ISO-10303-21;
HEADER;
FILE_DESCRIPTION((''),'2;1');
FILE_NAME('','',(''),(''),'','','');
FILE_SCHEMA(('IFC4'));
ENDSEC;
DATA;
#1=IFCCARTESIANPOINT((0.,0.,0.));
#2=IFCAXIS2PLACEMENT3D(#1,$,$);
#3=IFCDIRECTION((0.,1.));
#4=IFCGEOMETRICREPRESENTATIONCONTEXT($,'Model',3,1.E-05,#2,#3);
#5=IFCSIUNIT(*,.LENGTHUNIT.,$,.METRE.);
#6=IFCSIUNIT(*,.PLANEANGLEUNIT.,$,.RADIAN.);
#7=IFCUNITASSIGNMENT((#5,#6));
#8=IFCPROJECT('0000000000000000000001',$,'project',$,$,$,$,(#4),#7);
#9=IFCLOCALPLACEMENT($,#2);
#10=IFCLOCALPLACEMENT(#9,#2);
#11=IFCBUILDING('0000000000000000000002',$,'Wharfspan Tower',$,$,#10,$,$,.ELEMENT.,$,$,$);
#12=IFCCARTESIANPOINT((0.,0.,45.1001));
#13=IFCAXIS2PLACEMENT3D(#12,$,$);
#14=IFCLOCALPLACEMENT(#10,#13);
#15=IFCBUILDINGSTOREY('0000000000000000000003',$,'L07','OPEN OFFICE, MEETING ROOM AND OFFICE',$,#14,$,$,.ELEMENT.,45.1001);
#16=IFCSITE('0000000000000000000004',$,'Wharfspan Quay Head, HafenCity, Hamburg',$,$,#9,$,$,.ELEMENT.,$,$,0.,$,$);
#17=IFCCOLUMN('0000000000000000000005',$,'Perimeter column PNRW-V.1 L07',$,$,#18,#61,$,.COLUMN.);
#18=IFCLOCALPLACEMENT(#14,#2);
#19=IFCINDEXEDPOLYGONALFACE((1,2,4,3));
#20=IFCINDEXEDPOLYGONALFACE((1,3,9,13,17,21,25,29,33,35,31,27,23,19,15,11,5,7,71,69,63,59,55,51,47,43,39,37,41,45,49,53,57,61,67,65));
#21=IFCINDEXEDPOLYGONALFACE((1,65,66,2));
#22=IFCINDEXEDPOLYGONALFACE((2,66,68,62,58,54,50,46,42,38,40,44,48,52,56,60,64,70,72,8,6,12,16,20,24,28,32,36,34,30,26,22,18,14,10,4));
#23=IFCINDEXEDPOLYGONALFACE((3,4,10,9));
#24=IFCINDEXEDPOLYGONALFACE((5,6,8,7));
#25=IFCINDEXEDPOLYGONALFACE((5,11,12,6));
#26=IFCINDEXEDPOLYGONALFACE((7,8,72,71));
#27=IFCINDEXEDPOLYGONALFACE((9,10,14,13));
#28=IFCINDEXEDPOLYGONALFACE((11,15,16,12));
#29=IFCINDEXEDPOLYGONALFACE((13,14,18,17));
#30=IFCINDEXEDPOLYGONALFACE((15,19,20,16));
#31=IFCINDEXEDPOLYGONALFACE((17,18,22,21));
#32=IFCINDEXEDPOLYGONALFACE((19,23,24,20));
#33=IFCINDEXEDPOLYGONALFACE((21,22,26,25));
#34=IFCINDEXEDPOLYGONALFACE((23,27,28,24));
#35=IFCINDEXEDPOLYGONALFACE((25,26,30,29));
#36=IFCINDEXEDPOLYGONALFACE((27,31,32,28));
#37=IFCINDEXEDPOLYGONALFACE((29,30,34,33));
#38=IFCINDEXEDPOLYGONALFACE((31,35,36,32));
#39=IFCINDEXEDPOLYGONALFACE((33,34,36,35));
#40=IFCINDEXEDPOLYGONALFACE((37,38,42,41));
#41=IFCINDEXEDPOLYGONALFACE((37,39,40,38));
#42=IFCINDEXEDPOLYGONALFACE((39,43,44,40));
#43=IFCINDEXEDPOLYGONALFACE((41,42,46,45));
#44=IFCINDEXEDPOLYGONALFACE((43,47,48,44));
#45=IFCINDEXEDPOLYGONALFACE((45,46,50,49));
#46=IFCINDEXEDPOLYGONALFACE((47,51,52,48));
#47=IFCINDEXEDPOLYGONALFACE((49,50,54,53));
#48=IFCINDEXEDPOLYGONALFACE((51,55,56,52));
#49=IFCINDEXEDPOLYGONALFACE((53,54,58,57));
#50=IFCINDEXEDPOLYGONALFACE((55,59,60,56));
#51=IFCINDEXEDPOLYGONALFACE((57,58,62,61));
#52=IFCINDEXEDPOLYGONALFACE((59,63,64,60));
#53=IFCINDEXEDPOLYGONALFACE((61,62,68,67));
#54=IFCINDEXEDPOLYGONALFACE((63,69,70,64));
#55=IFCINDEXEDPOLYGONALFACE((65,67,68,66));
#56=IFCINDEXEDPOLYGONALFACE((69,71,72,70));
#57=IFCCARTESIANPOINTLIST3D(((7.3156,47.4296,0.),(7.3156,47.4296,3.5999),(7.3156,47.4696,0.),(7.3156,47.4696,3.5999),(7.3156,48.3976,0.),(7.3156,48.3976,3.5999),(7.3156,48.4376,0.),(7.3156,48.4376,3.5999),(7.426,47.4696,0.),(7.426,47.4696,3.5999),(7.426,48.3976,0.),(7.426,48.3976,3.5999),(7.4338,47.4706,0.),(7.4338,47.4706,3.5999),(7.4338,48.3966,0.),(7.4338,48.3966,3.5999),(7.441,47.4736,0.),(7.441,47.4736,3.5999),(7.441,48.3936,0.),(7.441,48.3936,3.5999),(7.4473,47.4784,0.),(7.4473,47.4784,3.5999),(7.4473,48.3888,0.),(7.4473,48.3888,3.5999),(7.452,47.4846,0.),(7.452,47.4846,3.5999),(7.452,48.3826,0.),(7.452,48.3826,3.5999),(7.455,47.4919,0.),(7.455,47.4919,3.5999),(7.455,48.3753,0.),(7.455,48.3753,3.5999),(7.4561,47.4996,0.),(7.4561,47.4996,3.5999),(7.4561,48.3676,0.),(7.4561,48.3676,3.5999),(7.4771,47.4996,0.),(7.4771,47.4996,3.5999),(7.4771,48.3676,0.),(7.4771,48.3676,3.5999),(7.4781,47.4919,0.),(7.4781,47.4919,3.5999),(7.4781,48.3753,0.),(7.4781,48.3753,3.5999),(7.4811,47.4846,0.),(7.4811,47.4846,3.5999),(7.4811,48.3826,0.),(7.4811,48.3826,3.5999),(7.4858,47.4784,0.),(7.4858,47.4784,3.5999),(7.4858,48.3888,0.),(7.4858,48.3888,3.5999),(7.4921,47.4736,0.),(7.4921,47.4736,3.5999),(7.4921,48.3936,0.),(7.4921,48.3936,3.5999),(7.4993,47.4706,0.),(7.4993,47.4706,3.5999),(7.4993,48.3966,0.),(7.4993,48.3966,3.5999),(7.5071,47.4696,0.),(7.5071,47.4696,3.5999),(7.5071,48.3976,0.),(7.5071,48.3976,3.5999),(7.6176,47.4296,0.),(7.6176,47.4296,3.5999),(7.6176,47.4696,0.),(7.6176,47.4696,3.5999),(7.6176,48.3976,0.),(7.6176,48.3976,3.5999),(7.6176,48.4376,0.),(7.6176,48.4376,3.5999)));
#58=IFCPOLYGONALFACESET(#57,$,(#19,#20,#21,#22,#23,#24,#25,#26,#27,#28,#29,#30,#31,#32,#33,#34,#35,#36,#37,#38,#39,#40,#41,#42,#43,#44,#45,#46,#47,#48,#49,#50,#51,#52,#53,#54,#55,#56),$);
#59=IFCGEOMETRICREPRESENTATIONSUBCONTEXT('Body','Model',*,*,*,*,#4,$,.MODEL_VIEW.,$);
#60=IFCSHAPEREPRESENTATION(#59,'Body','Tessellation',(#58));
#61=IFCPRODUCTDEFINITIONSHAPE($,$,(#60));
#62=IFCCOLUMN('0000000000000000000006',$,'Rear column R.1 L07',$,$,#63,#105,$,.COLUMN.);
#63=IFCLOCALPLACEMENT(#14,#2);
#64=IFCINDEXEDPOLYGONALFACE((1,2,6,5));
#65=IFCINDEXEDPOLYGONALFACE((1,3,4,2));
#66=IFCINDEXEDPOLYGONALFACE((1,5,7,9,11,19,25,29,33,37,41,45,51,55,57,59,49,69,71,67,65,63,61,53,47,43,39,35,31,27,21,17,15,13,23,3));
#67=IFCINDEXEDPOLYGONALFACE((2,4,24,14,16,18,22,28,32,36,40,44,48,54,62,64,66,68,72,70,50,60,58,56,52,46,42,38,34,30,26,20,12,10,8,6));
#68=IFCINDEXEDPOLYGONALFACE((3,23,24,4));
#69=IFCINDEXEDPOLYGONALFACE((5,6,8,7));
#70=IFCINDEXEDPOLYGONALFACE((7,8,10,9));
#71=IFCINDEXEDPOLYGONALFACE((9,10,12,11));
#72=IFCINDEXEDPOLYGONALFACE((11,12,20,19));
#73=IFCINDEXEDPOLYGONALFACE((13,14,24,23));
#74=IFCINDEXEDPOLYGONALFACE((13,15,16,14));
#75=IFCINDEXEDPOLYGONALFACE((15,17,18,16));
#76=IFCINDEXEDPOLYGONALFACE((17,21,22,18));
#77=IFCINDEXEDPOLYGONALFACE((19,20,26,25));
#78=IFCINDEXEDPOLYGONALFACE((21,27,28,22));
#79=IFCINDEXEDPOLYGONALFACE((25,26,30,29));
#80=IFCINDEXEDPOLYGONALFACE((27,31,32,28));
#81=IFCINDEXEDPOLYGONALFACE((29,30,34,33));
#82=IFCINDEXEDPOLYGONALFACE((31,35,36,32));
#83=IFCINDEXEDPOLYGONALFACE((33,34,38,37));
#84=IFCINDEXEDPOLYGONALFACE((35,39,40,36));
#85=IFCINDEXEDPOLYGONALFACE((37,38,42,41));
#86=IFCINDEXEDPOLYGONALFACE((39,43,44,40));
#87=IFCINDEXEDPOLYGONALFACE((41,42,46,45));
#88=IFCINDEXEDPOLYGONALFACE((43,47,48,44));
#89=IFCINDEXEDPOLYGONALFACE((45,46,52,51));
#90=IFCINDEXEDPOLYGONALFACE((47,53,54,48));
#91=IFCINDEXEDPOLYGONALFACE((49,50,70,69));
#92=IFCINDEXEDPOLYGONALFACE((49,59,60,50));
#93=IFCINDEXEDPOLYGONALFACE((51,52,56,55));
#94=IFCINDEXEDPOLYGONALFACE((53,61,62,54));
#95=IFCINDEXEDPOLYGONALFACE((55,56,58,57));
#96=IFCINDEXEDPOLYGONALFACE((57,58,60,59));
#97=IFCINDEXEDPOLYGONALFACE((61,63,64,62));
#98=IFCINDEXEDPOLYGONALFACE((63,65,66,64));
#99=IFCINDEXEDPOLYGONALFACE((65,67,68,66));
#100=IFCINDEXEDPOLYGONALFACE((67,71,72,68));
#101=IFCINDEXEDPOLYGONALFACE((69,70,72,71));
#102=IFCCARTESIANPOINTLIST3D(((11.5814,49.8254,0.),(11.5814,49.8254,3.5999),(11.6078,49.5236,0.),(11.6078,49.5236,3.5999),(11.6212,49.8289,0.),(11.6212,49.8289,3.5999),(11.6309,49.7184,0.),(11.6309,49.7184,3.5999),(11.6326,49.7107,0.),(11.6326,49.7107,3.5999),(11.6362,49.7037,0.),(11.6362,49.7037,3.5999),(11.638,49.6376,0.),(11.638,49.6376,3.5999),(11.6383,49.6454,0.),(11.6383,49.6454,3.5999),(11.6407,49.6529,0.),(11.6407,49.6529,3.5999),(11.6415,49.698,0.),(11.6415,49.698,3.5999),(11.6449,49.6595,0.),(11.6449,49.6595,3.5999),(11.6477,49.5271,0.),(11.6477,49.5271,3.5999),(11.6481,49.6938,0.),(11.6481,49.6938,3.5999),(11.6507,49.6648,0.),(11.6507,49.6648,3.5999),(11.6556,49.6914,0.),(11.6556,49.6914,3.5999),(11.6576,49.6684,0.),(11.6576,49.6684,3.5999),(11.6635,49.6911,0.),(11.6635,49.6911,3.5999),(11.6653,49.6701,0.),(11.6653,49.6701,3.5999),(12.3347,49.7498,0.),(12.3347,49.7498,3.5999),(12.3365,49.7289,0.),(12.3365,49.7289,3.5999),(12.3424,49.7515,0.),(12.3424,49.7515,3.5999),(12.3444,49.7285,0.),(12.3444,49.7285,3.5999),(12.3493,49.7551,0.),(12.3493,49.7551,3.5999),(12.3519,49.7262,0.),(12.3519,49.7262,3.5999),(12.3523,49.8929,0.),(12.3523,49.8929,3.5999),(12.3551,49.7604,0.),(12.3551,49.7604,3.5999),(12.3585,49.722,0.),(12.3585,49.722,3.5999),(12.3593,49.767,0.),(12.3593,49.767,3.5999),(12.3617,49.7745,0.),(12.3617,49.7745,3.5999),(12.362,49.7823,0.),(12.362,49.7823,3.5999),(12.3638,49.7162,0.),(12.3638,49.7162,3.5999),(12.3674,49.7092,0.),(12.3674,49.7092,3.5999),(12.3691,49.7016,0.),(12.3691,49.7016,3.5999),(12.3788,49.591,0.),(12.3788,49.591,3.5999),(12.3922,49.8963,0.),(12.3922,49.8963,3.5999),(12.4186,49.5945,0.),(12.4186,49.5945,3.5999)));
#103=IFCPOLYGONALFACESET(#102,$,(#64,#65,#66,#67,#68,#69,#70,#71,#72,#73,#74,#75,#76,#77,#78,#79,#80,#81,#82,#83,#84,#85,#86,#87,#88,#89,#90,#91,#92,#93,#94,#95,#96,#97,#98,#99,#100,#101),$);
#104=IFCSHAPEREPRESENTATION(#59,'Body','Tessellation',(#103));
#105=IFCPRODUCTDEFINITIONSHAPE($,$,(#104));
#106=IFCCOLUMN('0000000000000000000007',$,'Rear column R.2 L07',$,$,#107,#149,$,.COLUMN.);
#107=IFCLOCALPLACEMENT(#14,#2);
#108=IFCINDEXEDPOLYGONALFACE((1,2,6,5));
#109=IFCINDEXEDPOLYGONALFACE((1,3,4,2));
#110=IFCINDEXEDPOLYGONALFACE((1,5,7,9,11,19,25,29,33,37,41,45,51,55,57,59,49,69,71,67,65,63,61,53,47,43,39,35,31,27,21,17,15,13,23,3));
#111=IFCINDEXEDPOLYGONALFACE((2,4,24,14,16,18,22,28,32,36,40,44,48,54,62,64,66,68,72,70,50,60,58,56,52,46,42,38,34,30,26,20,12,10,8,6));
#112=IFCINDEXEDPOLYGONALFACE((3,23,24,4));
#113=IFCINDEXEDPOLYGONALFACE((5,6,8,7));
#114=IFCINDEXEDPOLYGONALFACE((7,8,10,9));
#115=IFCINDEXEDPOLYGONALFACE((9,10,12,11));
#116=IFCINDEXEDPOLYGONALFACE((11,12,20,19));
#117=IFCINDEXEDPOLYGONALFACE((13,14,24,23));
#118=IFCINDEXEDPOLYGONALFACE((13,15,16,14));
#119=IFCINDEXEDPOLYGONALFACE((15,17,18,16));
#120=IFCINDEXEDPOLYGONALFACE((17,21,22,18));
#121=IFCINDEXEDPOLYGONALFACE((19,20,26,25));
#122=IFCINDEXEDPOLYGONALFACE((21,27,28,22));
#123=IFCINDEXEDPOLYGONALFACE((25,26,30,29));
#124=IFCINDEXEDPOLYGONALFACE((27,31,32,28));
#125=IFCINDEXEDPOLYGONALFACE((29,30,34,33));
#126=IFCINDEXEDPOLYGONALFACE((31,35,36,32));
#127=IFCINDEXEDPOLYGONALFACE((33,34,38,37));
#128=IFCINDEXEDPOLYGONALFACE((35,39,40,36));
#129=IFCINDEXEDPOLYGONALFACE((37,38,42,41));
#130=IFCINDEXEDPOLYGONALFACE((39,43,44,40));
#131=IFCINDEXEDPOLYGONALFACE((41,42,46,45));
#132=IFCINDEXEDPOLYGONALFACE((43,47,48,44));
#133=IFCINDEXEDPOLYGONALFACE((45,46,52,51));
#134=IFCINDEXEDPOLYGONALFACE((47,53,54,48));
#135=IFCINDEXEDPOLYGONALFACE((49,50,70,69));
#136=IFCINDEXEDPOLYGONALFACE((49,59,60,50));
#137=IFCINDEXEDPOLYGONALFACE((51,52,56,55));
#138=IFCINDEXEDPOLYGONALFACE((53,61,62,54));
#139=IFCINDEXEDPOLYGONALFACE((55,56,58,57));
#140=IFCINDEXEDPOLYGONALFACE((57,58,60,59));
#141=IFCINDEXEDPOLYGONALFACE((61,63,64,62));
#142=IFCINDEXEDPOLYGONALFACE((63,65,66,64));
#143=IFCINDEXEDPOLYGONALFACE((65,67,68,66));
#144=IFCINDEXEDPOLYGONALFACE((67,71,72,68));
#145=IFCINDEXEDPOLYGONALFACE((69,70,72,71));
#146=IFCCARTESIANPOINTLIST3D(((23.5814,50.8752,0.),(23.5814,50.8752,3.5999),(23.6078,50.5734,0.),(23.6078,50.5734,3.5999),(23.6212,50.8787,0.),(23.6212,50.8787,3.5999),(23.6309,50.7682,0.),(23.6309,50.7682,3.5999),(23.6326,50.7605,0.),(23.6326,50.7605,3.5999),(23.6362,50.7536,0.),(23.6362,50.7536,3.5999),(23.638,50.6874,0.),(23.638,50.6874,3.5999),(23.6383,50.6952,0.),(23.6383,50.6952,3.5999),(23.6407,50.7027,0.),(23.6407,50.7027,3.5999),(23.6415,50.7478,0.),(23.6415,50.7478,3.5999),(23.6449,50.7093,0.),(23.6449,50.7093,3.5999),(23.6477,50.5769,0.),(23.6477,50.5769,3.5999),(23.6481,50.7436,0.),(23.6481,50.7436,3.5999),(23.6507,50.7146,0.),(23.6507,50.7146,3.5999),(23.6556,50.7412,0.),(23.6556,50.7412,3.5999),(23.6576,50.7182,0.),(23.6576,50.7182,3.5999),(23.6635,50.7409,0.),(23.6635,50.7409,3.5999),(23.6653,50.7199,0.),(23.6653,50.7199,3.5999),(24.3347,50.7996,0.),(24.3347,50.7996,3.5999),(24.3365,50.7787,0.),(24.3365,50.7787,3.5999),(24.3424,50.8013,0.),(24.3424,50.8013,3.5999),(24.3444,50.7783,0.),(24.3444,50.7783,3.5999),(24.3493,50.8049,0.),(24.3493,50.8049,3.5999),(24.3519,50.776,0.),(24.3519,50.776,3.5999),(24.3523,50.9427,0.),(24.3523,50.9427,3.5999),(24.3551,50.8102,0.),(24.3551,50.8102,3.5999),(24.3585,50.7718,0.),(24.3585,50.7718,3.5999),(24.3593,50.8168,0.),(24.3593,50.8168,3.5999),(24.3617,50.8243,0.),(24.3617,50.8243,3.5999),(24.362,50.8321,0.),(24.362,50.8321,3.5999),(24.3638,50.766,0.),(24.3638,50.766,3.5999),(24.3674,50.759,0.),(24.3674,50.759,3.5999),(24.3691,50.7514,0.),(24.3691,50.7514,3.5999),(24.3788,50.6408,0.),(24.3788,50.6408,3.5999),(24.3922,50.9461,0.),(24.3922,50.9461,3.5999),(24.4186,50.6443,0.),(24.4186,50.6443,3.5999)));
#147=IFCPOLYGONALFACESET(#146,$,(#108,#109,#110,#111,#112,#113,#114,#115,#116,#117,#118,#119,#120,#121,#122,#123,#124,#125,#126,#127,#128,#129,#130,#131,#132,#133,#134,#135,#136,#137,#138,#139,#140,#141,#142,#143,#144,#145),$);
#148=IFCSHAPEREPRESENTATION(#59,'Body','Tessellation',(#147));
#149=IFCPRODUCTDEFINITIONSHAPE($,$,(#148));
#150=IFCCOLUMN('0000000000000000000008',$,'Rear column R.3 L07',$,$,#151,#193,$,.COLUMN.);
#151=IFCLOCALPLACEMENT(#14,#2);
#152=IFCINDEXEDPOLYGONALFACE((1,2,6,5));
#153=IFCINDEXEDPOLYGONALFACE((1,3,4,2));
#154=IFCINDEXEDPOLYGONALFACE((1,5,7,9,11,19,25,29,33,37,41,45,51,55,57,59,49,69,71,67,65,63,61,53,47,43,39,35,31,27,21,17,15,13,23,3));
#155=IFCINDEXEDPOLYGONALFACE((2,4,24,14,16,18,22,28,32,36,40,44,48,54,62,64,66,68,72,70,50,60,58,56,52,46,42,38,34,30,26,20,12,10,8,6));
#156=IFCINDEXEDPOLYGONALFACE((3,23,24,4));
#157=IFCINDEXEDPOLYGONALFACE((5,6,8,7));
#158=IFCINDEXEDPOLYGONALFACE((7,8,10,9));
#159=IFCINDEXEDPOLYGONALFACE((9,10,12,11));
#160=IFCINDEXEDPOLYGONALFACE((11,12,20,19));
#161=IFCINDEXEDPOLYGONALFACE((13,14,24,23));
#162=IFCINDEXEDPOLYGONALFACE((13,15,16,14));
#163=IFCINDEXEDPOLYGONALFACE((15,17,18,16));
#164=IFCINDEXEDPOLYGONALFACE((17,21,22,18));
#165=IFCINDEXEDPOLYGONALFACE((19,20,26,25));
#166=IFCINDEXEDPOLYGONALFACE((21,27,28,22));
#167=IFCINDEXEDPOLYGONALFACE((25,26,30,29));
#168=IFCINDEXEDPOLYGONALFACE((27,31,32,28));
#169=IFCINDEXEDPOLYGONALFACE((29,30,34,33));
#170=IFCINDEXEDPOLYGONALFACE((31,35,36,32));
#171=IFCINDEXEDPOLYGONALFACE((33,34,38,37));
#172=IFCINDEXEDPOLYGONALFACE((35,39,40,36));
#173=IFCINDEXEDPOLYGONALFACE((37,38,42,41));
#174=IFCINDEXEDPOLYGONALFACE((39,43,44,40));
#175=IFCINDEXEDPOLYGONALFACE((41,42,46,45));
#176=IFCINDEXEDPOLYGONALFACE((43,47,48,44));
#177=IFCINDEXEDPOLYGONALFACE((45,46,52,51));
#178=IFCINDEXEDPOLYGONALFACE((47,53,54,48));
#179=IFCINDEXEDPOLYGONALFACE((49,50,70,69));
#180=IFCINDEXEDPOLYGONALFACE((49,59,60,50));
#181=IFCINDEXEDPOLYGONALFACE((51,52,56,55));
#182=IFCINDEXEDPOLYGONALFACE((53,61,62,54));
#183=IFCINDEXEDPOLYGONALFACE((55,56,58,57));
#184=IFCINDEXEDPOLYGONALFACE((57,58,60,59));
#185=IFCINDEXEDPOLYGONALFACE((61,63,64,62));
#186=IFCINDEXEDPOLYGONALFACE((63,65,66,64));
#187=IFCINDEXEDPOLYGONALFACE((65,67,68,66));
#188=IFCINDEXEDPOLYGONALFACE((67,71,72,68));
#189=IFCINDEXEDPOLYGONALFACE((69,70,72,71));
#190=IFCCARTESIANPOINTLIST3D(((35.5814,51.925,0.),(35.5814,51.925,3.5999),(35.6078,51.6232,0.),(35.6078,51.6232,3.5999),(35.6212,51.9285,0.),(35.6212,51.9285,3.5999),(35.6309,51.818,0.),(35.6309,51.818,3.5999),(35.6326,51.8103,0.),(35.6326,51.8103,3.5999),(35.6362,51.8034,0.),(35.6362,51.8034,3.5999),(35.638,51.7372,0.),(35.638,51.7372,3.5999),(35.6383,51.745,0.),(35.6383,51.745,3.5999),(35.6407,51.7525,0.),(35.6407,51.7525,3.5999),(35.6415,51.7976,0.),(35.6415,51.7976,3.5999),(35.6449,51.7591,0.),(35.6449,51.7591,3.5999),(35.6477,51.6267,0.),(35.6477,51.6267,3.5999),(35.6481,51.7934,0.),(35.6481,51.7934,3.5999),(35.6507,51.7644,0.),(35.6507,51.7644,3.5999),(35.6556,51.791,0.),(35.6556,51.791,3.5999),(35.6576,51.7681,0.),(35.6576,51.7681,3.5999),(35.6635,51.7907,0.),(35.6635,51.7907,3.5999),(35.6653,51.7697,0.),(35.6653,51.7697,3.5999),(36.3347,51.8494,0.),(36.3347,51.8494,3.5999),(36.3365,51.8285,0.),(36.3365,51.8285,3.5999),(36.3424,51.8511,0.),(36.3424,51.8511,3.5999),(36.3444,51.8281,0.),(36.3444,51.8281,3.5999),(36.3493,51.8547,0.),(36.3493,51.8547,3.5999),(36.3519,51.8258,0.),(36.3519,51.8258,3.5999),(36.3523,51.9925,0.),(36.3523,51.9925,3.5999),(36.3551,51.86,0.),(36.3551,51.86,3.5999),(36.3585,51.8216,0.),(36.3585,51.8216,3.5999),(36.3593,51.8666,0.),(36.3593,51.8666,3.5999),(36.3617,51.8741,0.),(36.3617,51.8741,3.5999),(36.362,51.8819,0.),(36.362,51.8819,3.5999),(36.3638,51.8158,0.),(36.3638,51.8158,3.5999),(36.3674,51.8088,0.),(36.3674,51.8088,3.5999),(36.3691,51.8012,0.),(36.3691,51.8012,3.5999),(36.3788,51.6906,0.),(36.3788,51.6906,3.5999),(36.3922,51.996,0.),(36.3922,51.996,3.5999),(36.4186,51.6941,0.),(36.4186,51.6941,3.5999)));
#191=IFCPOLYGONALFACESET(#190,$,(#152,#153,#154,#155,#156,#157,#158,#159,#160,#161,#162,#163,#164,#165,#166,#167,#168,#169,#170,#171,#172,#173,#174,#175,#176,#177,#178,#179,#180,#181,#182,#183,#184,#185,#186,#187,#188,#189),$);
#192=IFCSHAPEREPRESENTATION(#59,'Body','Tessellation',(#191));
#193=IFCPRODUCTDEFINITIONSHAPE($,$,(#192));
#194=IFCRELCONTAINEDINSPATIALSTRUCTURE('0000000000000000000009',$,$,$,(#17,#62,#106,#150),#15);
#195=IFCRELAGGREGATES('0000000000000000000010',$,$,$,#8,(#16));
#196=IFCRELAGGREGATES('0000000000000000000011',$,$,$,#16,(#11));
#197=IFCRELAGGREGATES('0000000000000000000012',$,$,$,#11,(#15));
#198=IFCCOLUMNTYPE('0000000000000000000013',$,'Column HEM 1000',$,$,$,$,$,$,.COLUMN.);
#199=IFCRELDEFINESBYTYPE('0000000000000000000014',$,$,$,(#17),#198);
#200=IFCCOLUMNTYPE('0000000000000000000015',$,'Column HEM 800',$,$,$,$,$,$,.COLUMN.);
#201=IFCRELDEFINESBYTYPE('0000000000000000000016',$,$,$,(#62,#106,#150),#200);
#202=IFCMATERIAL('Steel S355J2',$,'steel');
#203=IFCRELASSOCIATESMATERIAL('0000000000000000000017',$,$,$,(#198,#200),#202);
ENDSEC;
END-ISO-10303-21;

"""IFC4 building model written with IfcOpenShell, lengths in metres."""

from ifc_helpers import new_model, si_unit, direction, frame, origin, origin_2d, place, context, subcontext, project, spatial, i_section, extrude, material, material_profile, profile_set, type_object, element, save


model = new_model("IFC4")

# Units and contexts
model_context = context("Model", 3, precision=1e-05, world=origin(), true_north=direction((0.0, 1.0)))
body_context = subcontext(model_context, "Body", "Model", "MODEL_VIEW")
ifc_project = project(units=[si_unit("LENGTHUNIT", "METRE"), si_unit("PLANEANGLEUNIT", "RADIAN")], contexts=[model_context])

# Site, building, storey
site_placement = place(None, origin())
site = spatial("IfcSite", under=ifc_project, at=site_placement, Name="Wharfspan Quay Head, HafenCity, Hamburg", CompositionType="ELEMENT", RefElevation=0.0)
building_placement = place(site_placement, origin())
building = spatial("IfcBuilding", under=site, at=building_placement, Name="Wharfspan Tower", CompositionType="ELEMENT")
storey_placement = place(building_placement, frame((0.0, 0.0, 45.1001)))
storey = spatial("IfcBuildingStorey", under=building, at=storey_placement, Name="L07", Description="OPEN OFFICE, MEETING ROOM AND OFFICE", CompositionType="ELEMENT", Elevation=45.1001)

# Columns
ifc_material_1 = material(Name="Steel S355J2", Category="steel")
ifc_material_profile_1 = material_profile(ifc_material_1, i_section(OverallWidth=0.302, OverallDepth=1.0081, WebThickness=0.021, FlangeThickness=0.04, FilletRadius=0.03, at=origin_2d()))
ifc_profile_set_1 = profile_set([ifc_material_profile_1], Name="Steel S355J2")
column_type_1 = type_object("IfcColumnType", Name="Column HEM 1000", PredefinedType="COLUMN", material=ifc_profile_set_1)
column_placement = place(storey_placement, frame((7.4666, 47.9336, 0.0), z_axis=(0.0, 0.0, 1.0), x_axis=(-1.0, 0.0, 0.0)))
element("IfcColumn", 1, at=column_placement, inside=storey, type_object=column_type_1, Name="Perimeter column PNRW-V.1 L07", PredefinedType="COLUMN", context=body_context, shape_type="SweptSolid", body=[
    extrude(i_section(OverallWidth=0.302, OverallDepth=1.0081, WebThickness=0.021, FlangeThickness=0.04, FilletRadius=0.03, at=origin_2d()), origin(), (0.0, 0.0, 1.0), 3.5999),
])
ifc_material_profile_2 = material_profile(ifc_material_1, i_section(OverallWidth=0.303, OverallDepth=0.814, WebThickness=0.021, FlangeThickness=0.04, FilletRadius=0.03, at=origin_2d()))
ifc_profile_set_2 = profile_set([ifc_material_profile_2], Name="Steel S355J2")
column_type_2 = type_object("IfcColumnType", Name="Column HEM 800", PredefinedType="COLUMN", material=ifc_profile_set_2)
for number, where, z_axis, x_axis, name in (
    (2, (12.0, 49.71, 0.0), (0.0, 0.0, 1.0), (-0.087156, 0.996197, 0.0), "Rear column R.1 L07"),
    (3, (24.0, 50.7598, 0.0), (0.0, 0.0, 1.0), (-0.087156, 0.996197, 0.0), "Rear column R.2 L07"),
    (4, (36.0, 51.8096, 0.0), (0.0, 0.0, 1.0), (-0.087156, 0.996197, 0.0), "Rear column R.3 L07"),
):
    element("IfcColumn", number, at=place(storey_placement, frame(where, z_axis=z_axis, x_axis=x_axis)), inside=storey, type_object=column_type_2, Name=name, PredefinedType="COLUMN", context=body_context, shape_type="SweptSolid", body=[
        extrude(i_section(OverallWidth=0.303, OverallDepth=0.814, WebThickness=0.021, FlangeThickness=0.04, FilletRadius=0.03, at=origin_2d()), origin(), (0.0, 0.0, 1.0), 3.5999),
    ])

save(model, "model.ifc")
